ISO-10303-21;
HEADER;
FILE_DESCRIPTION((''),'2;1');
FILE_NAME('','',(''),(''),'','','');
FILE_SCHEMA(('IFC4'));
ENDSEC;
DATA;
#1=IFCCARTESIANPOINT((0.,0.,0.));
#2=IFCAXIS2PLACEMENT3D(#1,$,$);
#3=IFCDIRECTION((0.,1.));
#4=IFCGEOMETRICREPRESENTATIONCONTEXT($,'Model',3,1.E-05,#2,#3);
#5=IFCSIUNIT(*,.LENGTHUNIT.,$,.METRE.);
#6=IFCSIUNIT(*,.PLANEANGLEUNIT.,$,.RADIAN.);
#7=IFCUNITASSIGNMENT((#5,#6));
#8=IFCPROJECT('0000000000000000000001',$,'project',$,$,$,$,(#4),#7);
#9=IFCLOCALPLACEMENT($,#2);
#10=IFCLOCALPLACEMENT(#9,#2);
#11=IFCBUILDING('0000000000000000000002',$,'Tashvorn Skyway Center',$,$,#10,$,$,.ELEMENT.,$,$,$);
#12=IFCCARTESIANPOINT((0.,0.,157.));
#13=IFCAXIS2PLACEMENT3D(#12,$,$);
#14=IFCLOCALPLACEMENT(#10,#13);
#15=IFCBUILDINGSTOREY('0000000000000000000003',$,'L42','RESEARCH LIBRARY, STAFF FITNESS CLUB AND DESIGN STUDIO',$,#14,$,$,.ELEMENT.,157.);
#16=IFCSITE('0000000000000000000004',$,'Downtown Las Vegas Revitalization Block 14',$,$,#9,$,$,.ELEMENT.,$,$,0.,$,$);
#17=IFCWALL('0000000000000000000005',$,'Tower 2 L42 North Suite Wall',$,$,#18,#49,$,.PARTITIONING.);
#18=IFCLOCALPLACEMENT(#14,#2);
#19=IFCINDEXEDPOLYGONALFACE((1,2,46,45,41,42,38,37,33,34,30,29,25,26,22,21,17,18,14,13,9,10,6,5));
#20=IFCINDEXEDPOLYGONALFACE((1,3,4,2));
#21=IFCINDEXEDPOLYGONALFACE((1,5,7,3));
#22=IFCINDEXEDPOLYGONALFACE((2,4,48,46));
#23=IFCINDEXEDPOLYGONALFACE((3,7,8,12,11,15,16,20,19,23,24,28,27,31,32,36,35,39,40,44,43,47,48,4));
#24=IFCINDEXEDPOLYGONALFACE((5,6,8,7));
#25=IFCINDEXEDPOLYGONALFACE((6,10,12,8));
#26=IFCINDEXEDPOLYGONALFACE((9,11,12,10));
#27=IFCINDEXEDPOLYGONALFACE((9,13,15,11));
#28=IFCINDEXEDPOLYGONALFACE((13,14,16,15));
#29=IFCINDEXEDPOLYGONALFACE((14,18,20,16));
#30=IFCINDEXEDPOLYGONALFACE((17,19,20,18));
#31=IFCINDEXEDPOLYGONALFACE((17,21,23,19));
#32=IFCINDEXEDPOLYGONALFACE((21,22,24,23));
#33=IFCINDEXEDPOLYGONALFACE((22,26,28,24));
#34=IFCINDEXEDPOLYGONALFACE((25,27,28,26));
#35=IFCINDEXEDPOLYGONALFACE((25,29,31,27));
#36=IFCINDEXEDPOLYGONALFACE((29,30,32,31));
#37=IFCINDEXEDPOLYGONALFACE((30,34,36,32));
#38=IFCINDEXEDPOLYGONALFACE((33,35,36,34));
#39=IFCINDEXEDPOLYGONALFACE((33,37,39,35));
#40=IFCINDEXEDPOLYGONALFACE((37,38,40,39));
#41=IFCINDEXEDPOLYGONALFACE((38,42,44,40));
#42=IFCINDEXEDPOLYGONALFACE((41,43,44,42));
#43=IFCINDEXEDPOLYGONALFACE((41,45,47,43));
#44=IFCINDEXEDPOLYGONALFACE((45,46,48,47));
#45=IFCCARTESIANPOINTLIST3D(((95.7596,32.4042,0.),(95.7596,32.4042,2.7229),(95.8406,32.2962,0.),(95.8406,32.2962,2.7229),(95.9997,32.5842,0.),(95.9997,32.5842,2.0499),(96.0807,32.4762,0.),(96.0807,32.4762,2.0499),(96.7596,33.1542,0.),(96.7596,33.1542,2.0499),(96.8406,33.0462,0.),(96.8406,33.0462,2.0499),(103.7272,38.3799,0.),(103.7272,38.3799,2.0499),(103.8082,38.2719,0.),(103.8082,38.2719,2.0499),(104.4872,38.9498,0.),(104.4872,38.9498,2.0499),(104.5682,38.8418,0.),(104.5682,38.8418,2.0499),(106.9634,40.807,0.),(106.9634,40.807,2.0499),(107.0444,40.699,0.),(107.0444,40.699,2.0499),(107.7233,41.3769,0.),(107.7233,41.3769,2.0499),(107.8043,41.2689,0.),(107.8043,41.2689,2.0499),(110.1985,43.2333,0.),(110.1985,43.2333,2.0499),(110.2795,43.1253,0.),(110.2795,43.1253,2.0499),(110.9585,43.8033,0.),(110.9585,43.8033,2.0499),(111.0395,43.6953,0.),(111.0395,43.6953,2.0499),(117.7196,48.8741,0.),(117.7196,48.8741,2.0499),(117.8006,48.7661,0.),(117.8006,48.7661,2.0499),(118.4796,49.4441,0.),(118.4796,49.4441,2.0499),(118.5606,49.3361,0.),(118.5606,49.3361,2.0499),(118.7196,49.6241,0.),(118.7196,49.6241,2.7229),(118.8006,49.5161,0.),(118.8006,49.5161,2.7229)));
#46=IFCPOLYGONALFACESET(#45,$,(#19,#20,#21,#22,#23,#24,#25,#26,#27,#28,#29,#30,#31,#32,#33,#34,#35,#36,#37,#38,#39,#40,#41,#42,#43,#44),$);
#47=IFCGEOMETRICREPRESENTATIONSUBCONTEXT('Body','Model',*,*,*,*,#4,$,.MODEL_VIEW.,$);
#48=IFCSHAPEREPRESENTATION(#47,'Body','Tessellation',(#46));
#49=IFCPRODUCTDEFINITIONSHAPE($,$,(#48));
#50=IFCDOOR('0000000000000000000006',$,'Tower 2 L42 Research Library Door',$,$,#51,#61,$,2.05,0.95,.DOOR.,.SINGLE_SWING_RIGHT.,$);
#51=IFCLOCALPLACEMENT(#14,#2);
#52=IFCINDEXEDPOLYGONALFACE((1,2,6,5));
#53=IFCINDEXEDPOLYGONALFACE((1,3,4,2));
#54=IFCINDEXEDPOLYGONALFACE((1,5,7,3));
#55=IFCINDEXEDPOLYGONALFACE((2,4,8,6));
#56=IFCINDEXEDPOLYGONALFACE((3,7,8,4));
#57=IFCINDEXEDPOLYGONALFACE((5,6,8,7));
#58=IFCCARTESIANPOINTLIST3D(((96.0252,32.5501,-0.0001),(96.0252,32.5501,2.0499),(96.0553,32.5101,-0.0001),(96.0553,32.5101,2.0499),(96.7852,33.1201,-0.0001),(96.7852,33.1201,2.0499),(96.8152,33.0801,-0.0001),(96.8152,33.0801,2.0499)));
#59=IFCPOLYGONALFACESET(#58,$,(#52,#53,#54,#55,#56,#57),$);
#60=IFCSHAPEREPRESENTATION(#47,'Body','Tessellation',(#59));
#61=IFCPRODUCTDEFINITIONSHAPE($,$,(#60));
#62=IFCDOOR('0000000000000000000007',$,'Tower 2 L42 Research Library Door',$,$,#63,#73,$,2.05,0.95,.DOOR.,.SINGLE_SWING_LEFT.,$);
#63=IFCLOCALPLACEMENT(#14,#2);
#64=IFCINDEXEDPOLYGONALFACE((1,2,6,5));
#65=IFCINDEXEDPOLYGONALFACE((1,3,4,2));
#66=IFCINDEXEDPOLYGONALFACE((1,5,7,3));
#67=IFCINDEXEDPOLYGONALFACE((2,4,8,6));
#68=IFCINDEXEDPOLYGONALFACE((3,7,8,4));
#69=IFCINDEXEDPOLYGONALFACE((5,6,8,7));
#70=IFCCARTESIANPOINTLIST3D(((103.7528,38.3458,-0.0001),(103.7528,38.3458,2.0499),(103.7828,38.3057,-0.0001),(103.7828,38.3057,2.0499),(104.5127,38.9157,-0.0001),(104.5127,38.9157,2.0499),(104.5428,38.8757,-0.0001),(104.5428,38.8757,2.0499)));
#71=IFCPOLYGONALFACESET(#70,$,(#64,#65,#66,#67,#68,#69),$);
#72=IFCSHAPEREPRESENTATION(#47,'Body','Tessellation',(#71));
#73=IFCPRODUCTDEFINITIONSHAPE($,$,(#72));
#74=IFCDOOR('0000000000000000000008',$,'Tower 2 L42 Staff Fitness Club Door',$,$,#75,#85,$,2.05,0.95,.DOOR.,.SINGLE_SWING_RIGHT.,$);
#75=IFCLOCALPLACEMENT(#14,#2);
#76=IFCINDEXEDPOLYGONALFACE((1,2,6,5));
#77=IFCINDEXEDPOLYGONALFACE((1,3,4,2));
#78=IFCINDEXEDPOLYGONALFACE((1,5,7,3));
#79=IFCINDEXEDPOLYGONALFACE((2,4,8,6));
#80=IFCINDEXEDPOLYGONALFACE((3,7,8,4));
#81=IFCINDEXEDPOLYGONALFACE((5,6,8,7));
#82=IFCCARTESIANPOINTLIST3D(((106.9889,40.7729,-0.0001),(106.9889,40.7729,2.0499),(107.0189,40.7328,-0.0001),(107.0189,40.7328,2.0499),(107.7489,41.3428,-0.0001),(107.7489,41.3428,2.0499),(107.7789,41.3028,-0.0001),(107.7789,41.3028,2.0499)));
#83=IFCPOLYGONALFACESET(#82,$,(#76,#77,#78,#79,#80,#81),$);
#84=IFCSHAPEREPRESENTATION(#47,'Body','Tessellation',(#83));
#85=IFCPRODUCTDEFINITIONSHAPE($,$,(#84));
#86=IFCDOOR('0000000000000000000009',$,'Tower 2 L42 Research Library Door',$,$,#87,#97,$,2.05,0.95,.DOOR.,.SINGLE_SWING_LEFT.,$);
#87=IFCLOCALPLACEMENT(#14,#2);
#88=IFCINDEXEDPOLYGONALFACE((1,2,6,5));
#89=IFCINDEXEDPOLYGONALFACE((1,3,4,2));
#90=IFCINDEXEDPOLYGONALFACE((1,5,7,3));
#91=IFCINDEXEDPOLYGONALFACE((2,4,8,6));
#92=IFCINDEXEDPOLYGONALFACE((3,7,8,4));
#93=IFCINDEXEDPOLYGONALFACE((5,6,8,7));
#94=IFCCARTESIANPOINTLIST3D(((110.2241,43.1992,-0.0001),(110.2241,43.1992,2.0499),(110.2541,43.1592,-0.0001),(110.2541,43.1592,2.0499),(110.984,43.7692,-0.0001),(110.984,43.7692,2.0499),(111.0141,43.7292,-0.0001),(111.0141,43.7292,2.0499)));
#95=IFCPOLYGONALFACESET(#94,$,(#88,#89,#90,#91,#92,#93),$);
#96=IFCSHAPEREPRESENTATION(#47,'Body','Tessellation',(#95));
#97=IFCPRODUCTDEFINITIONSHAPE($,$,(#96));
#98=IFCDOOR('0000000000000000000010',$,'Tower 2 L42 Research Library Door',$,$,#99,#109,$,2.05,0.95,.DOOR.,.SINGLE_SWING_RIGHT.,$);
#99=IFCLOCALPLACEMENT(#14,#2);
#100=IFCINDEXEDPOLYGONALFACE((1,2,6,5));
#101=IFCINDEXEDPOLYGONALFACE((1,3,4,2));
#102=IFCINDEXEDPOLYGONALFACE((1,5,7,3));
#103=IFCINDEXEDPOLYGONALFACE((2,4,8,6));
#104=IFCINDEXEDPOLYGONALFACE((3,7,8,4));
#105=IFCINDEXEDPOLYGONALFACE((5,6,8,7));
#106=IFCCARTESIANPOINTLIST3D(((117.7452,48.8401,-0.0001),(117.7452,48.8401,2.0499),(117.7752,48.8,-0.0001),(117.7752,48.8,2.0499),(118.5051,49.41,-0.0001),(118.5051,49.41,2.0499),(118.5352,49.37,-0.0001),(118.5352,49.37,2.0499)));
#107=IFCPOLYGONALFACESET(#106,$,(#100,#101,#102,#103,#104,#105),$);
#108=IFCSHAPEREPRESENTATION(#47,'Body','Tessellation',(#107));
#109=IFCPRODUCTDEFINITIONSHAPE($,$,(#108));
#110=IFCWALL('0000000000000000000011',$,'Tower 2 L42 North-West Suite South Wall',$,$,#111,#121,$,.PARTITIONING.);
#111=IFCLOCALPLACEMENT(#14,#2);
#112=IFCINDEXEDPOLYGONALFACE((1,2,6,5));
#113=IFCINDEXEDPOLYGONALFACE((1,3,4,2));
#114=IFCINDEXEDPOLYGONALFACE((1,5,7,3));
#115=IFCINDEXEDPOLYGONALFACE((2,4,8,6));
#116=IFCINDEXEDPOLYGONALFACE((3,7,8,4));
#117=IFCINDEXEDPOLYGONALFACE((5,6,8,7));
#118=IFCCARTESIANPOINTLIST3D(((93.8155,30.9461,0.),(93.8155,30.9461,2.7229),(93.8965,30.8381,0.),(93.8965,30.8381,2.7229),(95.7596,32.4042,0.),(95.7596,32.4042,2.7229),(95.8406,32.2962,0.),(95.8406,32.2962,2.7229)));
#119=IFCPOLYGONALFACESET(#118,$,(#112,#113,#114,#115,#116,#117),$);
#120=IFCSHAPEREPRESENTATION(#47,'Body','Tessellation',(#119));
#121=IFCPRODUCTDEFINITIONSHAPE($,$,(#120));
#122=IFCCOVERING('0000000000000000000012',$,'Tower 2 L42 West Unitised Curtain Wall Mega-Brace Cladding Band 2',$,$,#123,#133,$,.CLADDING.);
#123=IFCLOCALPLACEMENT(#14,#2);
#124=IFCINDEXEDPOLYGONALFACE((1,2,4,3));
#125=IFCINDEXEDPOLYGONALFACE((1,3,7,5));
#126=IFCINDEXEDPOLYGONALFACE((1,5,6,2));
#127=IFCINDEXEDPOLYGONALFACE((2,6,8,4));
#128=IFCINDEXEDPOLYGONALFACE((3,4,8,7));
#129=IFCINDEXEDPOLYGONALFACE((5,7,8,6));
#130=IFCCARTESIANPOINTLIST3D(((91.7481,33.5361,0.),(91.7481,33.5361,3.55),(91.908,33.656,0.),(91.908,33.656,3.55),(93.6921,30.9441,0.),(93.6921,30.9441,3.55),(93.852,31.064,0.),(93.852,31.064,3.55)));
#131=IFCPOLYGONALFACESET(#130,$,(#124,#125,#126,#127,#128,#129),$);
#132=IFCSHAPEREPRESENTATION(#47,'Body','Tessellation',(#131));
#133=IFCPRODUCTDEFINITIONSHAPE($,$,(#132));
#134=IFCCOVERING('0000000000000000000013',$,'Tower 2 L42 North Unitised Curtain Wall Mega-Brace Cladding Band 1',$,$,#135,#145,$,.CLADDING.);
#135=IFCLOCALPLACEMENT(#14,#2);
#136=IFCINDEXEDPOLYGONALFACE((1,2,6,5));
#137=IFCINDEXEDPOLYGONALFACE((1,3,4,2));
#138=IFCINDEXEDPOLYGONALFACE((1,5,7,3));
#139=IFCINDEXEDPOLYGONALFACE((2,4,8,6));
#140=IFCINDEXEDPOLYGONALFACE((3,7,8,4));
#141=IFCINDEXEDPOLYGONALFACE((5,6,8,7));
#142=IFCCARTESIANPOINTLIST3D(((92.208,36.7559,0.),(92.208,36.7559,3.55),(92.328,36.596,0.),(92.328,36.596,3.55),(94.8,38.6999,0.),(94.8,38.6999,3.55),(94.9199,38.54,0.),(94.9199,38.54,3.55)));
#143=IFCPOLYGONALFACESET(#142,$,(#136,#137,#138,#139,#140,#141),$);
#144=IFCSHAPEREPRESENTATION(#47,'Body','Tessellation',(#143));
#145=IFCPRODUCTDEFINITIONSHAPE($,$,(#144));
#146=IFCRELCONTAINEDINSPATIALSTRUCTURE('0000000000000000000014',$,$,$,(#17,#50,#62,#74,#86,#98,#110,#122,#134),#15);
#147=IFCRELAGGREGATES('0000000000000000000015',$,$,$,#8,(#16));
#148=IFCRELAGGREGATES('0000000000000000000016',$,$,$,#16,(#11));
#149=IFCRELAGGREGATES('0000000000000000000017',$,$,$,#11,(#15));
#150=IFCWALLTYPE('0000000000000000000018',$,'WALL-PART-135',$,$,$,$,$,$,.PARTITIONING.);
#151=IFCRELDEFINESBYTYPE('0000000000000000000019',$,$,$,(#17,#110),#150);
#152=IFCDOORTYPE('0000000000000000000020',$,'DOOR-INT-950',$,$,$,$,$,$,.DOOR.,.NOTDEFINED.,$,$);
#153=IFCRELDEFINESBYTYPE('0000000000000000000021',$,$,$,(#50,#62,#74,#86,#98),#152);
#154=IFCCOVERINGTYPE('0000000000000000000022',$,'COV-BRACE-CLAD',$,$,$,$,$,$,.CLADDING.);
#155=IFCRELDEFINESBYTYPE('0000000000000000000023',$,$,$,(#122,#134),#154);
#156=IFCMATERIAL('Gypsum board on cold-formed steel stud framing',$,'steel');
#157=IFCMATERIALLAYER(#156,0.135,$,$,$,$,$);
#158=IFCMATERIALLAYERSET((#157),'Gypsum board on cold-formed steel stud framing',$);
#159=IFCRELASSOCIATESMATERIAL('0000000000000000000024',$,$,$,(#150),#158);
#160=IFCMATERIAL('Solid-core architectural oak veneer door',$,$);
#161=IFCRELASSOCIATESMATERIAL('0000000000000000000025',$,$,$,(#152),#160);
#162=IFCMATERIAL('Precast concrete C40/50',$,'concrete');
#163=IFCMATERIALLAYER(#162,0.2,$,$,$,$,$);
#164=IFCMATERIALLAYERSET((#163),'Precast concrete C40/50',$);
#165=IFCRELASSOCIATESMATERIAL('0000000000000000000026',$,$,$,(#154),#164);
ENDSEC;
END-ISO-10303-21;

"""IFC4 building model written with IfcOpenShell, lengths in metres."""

from ifc_helpers import new_model, si_unit, direction, frame, frame_2d, origin, origin_2d, place, context, subcontext, project, spatial, rectangle, extrude, material, layer, layer_set, type_object, element, fill, save


model = new_model("IFC4")

# Units and contexts
model_context = context("Model", 3, precision=1e-05, world=origin(), true_north=direction((0.0, 1.0)))
body_context = subcontext(model_context, "Body", "Model", "MODEL_VIEW")
ifc_project = project(units=[si_unit("LENGTHUNIT", "METRE"), si_unit("PLANEANGLEUNIT", "RADIAN")], contexts=[model_context])

# Site, building, storey
site_placement = place(None, origin())
site = spatial("IfcSite", under=ifc_project, at=site_placement, Name="Downtown Las Vegas Revitalization Block 14", CompositionType="ELEMENT", RefElevation=0.0)
building_placement = place(site_placement, origin())
building = spatial("IfcBuilding", under=site, at=building_placement, Name="Tashvorn Skyway Center", CompositionType="ELEMENT")
storey_placement = place(building_placement, frame((0.0, 0.0, 157.0)))
storey = spatial("IfcBuildingStorey", under=building, at=storey_placement, Name="L42", Description="RESEARCH LIBRARY, STAFF FITNESS CLUB AND DESIGN STUDIO", CompositionType="ELEMENT", Elevation=157.0)

# Wall, openings, doors
ifc_material_1 = material(Name="Gypsum board on cold-formed steel stud framing", Category="steel")
ifc_layer_1 = layer(ifc_material_1, 0.135)
ifc_layer_set_1 = layer_set([ifc_layer_1], Name="Gypsum board on cold-formed steel stud framing")
wall_type = type_object("IfcWallType", Name="WALL-PART-135", PredefinedType="PARTITIONING", material=ifc_layer_set_1)
wall_1_placement = place(storey_placement, frame((95.8, 32.3501, 0.0), z_axis=(0.0, 0.0, 1.0), x_axis=(0.8, 0.6, 0.0)))
wall_1 = element("IfcWall", 1, at=wall_1_placement, inside=storey, type_object=wall_type, Name="Tower 2 L42 North Suite Wall", PredefinedType="PARTITIONING", context=body_context, shape_type="SweptSolid", body=[
    extrude(rectangle(XDim=28.7, YDim=0.135, at=frame_2d((14.3501, 0.0))), origin(), (0.0, 0.0, 1.0), 2.7229),
])
opening_1_placement = place(wall_1_placement, frame((0.3, 0.0, 0.0)))
opening_1 = element("IfcOpeningElement", 2, at=opening_1_placement, cuts=wall_1, PredefinedType="OPENING", context=body_context, shape_type="SweptSolid", body=[
    extrude(rectangle(XDim=0.95, YDim=2.05, at=frame_2d((0.4751, 1.0249))), frame((0.0, 0.0774, 0.0), z_axis=(0.0, -1.0, 0.0), x_axis=(1.0, 0.0, 0.0)), (0.0, 0.0, 1.0), 0.155),
])
opening_2_placement = place(wall_1_placement, frame((9.9595, 0.0, 0.0)))
opening_2 = element("IfcOpeningElement", 3, at=opening_2_placement, cuts=wall_1, PredefinedType="OPENING", context=body_context, shape_type="SweptSolid", body=[
    extrude(rectangle(XDim=0.95, YDim=2.05, at=frame_2d((0.4751, 1.0249))), frame((0.0, 0.0774, 0.0), z_axis=(0.0, -1.0, 0.0), x_axis=(1.0, 0.0, 0.0)), (0.0, 0.0, 1.0), 0.155),
])
opening_3_placement = place(wall_1_placement, frame((14.0046, 0.0, 0.0)))
opening_3 = element("IfcOpeningElement", 4, at=opening_3_placement, cuts=wall_1, PredefinedType="OPENING", context=body_context, shape_type="SweptSolid", body=[
    extrude(rectangle(XDim=0.95, YDim=2.05, at=frame_2d((0.4751, 1.0249))), frame((0.0, 0.0774, 0.0), z_axis=(0.0, -1.0, 0.0), x_axis=(1.0, 0.0, 0.0)), (0.0, 0.0, 1.0), 0.155),
])
opening_4_placement = place(wall_1_placement, frame((18.0486, 0.0, 0.0)))
opening_4 = element("IfcOpeningElement", 5, at=opening_4_placement, cuts=wall_1, PredefinedType="OPENING", context=body_context, shape_type="SweptSolid", body=[
    extrude(rectangle(XDim=0.95, YDim=2.05, at=frame_2d((0.4751, 1.0249))), frame((0.0, 0.0774, 0.0), z_axis=(0.0, -1.0, 0.0), x_axis=(1.0, 0.0, 0.0)), (0.0, 0.0, 1.0), 0.155),
])
opening_5_placement = place(wall_1_placement, frame((27.45, 0.0, 0.0)))
opening_5 = element("IfcOpeningElement", 6, at=opening_5_placement, cuts=wall_1, PredefinedType="OPENING", context=body_context, shape_type="SweptSolid", body=[
    extrude(rectangle(XDim=0.95, YDim=2.05, at=frame_2d((0.4751, 1.0249))), frame((0.0, 0.0774, 0.0), z_axis=(0.0, -1.0, 0.0), x_axis=(1.0, 0.0, 0.0)), (0.0, 0.0, 1.0), 0.155),
])
ifc_material_2 = material(Name="Solid-core architectural oak veneer door")
door_type = type_object("IfcDoorType", Name="DOOR-INT-950", OperationType="NOTDEFINED", PredefinedType="DOOR", material=ifc_material_2)
door_1_placement = place(opening_1_placement, origin())
door_1 = element("IfcDoor", 7, at=door_1_placement, inside=storey, type_object=door_type, Name="Tower 2 L42 Research Library Door", OperationType="SINGLE_SWING_RIGHT", OverallHeight=2.05, OverallWidth=0.95, PredefinedType="DOOR", context=body_context, shape_type="SweptSolid", body=[
    extrude(rectangle(XDim=0.95, YDim=2.05, at=frame_2d((0.4751, 1.0249))), frame((0.0, 0.0249, 0.0), z_axis=(0.0, -1.0, 0.0), x_axis=(1.0, 0.0, 0.0)), (0.0, 0.0, 1.0), 0.05),
])
fill(opening_1, door_1)
door_2_placement = place(opening_2_placement, origin())
door_2 = element("IfcDoor", 8, at=door_2_placement, inside=storey, type_object=door_type, Name="Tower 2 L42 Research Library Door", OperationType="SINGLE_SWING_LEFT", OverallHeight=2.05, OverallWidth=0.95, PredefinedType="DOOR", context=body_context, shape_type="SweptSolid", body=[
    extrude(rectangle(XDim=0.95, YDim=2.05, at=frame_2d((0.4751, 1.0249))), frame((0.0, 0.0249, 0.0), z_axis=(0.0, -1.0, 0.0), x_axis=(1.0, 0.0, 0.0)), (0.0, 0.0, 1.0), 0.05),
])
fill(opening_2, door_2)
door_3_placement = place(opening_3_placement, origin())
door_3 = element("IfcDoor", 9, at=door_3_placement, inside=storey, type_object=door_type, Name="Tower 2 L42 Staff Fitness Club Door", OperationType="SINGLE_SWING_RIGHT", OverallHeight=2.05, OverallWidth=0.95, PredefinedType="DOOR", context=body_context, shape_type="SweptSolid", body=[
    extrude(rectangle(XDim=0.95, YDim=2.05, at=frame_2d((0.4751, 1.0249))), frame((0.0, 0.0249, 0.0), z_axis=(0.0, -1.0, 0.0), x_axis=(1.0, 0.0, 0.0)), (0.0, 0.0, 1.0), 0.05),
])
fill(opening_3, door_3)
door_4_placement = place(opening_4_placement, origin())
door_4 = element("IfcDoor", 10, at=door_4_placement, inside=storey, type_object=door_type, Name="Tower 2 L42 Research Library Door", OperationType="SINGLE_SWING_LEFT", OverallHeight=2.05, OverallWidth=0.95, PredefinedType="DOOR", context=body_context, shape_type="SweptSolid", body=[
    extrude(rectangle(XDim=0.95, YDim=2.05, at=frame_2d((0.4751, 1.0249))), frame((0.0, 0.0249, 0.0), z_axis=(0.0, -1.0, 0.0), x_axis=(1.0, 0.0, 0.0)), (0.0, 0.0, 1.0), 0.05),
])
fill(opening_4, door_4)
door_5_placement = place(opening_5_placement, origin())
door_5 = element("IfcDoor", 11, at=door_5_placement, inside=storey, type_object=door_type, Name="Tower 2 L42 Research Library Door", OperationType="SINGLE_SWING_RIGHT", OverallHeight=2.05, OverallWidth=0.95, PredefinedType="DOOR", context=body_context, shape_type="SweptSolid", body=[
    extrude(rectangle(XDim=0.95, YDim=2.05, at=frame_2d((0.4751, 1.0249))), frame((0.0, 0.0249, 0.0), z_axis=(0.0, -1.0, 0.0), x_axis=(1.0, 0.0, 0.0)), (0.0, 0.0, 1.0), 0.05),
])
fill(opening_5, door_5)

# Wall
wall_2_placement = place(storey_placement, frame((93.856, 30.8921, 0.0), z_axis=(0.0, 0.0, 1.0), x_axis=(0.800012, 0.599984, 0.0)))
element("IfcWall", 12, at=wall_2_placement, inside=storey, type_object=wall_type, Name="Tower 2 L42 North-West Suite South Wall", PredefinedType="PARTITIONING", context=body_context, shape_type="SweptSolid", body=[
    extrude(rectangle(XDim=2.4302, YDim=0.135, at=frame_2d((1.2151, 0.0))), origin(), (0.0, 0.0, 1.0), 2.7229),
])

# Coverings
ifc_material_3 = material(Name="Precast concrete C40/50", Category="concrete")
ifc_layer_2 = layer(ifc_material_3, 0.2)
ifc_layer_set_2 = layer_set([ifc_layer_2], Name="Precast concrete C40/50")
covering_type = type_object("IfcCoveringType", Name="COV-BRACE-CLAD", PredefinedType="CLADDING", material=ifc_layer_set_2)
for number, where, z_axis, x_axis, name in (
    (13, (92.8, 32.3, 0.0), (0.0, 0.0, 1.0), (-0.6, 0.8, 0.0), "Tower 2 L42 West Unitised Curtain Wall Mega-Brace Cladding Band 2"),
    (14, (93.564, 37.6479, 0.0), (0.0, 0.0, 1.0), (0.8, 0.6, 0.0), "Tower 2 L42 North Unitised Curtain Wall Mega-Brace Cladding Band 1"),
):
    element("IfcCovering", number, at=place(storey_placement, frame(where, z_axis=z_axis, x_axis=x_axis)), inside=storey, type_object=covering_type, Name=name, PredefinedType="CLADDING", context=body_context, shape_type="SweptSolid", body=[
        extrude(rectangle(XDim=3.24, YDim=0.2, at=origin_2d()), origin(), (0.0, 0.0, 1.0), 3.55),
    ])

save(model, "model.ifc")
